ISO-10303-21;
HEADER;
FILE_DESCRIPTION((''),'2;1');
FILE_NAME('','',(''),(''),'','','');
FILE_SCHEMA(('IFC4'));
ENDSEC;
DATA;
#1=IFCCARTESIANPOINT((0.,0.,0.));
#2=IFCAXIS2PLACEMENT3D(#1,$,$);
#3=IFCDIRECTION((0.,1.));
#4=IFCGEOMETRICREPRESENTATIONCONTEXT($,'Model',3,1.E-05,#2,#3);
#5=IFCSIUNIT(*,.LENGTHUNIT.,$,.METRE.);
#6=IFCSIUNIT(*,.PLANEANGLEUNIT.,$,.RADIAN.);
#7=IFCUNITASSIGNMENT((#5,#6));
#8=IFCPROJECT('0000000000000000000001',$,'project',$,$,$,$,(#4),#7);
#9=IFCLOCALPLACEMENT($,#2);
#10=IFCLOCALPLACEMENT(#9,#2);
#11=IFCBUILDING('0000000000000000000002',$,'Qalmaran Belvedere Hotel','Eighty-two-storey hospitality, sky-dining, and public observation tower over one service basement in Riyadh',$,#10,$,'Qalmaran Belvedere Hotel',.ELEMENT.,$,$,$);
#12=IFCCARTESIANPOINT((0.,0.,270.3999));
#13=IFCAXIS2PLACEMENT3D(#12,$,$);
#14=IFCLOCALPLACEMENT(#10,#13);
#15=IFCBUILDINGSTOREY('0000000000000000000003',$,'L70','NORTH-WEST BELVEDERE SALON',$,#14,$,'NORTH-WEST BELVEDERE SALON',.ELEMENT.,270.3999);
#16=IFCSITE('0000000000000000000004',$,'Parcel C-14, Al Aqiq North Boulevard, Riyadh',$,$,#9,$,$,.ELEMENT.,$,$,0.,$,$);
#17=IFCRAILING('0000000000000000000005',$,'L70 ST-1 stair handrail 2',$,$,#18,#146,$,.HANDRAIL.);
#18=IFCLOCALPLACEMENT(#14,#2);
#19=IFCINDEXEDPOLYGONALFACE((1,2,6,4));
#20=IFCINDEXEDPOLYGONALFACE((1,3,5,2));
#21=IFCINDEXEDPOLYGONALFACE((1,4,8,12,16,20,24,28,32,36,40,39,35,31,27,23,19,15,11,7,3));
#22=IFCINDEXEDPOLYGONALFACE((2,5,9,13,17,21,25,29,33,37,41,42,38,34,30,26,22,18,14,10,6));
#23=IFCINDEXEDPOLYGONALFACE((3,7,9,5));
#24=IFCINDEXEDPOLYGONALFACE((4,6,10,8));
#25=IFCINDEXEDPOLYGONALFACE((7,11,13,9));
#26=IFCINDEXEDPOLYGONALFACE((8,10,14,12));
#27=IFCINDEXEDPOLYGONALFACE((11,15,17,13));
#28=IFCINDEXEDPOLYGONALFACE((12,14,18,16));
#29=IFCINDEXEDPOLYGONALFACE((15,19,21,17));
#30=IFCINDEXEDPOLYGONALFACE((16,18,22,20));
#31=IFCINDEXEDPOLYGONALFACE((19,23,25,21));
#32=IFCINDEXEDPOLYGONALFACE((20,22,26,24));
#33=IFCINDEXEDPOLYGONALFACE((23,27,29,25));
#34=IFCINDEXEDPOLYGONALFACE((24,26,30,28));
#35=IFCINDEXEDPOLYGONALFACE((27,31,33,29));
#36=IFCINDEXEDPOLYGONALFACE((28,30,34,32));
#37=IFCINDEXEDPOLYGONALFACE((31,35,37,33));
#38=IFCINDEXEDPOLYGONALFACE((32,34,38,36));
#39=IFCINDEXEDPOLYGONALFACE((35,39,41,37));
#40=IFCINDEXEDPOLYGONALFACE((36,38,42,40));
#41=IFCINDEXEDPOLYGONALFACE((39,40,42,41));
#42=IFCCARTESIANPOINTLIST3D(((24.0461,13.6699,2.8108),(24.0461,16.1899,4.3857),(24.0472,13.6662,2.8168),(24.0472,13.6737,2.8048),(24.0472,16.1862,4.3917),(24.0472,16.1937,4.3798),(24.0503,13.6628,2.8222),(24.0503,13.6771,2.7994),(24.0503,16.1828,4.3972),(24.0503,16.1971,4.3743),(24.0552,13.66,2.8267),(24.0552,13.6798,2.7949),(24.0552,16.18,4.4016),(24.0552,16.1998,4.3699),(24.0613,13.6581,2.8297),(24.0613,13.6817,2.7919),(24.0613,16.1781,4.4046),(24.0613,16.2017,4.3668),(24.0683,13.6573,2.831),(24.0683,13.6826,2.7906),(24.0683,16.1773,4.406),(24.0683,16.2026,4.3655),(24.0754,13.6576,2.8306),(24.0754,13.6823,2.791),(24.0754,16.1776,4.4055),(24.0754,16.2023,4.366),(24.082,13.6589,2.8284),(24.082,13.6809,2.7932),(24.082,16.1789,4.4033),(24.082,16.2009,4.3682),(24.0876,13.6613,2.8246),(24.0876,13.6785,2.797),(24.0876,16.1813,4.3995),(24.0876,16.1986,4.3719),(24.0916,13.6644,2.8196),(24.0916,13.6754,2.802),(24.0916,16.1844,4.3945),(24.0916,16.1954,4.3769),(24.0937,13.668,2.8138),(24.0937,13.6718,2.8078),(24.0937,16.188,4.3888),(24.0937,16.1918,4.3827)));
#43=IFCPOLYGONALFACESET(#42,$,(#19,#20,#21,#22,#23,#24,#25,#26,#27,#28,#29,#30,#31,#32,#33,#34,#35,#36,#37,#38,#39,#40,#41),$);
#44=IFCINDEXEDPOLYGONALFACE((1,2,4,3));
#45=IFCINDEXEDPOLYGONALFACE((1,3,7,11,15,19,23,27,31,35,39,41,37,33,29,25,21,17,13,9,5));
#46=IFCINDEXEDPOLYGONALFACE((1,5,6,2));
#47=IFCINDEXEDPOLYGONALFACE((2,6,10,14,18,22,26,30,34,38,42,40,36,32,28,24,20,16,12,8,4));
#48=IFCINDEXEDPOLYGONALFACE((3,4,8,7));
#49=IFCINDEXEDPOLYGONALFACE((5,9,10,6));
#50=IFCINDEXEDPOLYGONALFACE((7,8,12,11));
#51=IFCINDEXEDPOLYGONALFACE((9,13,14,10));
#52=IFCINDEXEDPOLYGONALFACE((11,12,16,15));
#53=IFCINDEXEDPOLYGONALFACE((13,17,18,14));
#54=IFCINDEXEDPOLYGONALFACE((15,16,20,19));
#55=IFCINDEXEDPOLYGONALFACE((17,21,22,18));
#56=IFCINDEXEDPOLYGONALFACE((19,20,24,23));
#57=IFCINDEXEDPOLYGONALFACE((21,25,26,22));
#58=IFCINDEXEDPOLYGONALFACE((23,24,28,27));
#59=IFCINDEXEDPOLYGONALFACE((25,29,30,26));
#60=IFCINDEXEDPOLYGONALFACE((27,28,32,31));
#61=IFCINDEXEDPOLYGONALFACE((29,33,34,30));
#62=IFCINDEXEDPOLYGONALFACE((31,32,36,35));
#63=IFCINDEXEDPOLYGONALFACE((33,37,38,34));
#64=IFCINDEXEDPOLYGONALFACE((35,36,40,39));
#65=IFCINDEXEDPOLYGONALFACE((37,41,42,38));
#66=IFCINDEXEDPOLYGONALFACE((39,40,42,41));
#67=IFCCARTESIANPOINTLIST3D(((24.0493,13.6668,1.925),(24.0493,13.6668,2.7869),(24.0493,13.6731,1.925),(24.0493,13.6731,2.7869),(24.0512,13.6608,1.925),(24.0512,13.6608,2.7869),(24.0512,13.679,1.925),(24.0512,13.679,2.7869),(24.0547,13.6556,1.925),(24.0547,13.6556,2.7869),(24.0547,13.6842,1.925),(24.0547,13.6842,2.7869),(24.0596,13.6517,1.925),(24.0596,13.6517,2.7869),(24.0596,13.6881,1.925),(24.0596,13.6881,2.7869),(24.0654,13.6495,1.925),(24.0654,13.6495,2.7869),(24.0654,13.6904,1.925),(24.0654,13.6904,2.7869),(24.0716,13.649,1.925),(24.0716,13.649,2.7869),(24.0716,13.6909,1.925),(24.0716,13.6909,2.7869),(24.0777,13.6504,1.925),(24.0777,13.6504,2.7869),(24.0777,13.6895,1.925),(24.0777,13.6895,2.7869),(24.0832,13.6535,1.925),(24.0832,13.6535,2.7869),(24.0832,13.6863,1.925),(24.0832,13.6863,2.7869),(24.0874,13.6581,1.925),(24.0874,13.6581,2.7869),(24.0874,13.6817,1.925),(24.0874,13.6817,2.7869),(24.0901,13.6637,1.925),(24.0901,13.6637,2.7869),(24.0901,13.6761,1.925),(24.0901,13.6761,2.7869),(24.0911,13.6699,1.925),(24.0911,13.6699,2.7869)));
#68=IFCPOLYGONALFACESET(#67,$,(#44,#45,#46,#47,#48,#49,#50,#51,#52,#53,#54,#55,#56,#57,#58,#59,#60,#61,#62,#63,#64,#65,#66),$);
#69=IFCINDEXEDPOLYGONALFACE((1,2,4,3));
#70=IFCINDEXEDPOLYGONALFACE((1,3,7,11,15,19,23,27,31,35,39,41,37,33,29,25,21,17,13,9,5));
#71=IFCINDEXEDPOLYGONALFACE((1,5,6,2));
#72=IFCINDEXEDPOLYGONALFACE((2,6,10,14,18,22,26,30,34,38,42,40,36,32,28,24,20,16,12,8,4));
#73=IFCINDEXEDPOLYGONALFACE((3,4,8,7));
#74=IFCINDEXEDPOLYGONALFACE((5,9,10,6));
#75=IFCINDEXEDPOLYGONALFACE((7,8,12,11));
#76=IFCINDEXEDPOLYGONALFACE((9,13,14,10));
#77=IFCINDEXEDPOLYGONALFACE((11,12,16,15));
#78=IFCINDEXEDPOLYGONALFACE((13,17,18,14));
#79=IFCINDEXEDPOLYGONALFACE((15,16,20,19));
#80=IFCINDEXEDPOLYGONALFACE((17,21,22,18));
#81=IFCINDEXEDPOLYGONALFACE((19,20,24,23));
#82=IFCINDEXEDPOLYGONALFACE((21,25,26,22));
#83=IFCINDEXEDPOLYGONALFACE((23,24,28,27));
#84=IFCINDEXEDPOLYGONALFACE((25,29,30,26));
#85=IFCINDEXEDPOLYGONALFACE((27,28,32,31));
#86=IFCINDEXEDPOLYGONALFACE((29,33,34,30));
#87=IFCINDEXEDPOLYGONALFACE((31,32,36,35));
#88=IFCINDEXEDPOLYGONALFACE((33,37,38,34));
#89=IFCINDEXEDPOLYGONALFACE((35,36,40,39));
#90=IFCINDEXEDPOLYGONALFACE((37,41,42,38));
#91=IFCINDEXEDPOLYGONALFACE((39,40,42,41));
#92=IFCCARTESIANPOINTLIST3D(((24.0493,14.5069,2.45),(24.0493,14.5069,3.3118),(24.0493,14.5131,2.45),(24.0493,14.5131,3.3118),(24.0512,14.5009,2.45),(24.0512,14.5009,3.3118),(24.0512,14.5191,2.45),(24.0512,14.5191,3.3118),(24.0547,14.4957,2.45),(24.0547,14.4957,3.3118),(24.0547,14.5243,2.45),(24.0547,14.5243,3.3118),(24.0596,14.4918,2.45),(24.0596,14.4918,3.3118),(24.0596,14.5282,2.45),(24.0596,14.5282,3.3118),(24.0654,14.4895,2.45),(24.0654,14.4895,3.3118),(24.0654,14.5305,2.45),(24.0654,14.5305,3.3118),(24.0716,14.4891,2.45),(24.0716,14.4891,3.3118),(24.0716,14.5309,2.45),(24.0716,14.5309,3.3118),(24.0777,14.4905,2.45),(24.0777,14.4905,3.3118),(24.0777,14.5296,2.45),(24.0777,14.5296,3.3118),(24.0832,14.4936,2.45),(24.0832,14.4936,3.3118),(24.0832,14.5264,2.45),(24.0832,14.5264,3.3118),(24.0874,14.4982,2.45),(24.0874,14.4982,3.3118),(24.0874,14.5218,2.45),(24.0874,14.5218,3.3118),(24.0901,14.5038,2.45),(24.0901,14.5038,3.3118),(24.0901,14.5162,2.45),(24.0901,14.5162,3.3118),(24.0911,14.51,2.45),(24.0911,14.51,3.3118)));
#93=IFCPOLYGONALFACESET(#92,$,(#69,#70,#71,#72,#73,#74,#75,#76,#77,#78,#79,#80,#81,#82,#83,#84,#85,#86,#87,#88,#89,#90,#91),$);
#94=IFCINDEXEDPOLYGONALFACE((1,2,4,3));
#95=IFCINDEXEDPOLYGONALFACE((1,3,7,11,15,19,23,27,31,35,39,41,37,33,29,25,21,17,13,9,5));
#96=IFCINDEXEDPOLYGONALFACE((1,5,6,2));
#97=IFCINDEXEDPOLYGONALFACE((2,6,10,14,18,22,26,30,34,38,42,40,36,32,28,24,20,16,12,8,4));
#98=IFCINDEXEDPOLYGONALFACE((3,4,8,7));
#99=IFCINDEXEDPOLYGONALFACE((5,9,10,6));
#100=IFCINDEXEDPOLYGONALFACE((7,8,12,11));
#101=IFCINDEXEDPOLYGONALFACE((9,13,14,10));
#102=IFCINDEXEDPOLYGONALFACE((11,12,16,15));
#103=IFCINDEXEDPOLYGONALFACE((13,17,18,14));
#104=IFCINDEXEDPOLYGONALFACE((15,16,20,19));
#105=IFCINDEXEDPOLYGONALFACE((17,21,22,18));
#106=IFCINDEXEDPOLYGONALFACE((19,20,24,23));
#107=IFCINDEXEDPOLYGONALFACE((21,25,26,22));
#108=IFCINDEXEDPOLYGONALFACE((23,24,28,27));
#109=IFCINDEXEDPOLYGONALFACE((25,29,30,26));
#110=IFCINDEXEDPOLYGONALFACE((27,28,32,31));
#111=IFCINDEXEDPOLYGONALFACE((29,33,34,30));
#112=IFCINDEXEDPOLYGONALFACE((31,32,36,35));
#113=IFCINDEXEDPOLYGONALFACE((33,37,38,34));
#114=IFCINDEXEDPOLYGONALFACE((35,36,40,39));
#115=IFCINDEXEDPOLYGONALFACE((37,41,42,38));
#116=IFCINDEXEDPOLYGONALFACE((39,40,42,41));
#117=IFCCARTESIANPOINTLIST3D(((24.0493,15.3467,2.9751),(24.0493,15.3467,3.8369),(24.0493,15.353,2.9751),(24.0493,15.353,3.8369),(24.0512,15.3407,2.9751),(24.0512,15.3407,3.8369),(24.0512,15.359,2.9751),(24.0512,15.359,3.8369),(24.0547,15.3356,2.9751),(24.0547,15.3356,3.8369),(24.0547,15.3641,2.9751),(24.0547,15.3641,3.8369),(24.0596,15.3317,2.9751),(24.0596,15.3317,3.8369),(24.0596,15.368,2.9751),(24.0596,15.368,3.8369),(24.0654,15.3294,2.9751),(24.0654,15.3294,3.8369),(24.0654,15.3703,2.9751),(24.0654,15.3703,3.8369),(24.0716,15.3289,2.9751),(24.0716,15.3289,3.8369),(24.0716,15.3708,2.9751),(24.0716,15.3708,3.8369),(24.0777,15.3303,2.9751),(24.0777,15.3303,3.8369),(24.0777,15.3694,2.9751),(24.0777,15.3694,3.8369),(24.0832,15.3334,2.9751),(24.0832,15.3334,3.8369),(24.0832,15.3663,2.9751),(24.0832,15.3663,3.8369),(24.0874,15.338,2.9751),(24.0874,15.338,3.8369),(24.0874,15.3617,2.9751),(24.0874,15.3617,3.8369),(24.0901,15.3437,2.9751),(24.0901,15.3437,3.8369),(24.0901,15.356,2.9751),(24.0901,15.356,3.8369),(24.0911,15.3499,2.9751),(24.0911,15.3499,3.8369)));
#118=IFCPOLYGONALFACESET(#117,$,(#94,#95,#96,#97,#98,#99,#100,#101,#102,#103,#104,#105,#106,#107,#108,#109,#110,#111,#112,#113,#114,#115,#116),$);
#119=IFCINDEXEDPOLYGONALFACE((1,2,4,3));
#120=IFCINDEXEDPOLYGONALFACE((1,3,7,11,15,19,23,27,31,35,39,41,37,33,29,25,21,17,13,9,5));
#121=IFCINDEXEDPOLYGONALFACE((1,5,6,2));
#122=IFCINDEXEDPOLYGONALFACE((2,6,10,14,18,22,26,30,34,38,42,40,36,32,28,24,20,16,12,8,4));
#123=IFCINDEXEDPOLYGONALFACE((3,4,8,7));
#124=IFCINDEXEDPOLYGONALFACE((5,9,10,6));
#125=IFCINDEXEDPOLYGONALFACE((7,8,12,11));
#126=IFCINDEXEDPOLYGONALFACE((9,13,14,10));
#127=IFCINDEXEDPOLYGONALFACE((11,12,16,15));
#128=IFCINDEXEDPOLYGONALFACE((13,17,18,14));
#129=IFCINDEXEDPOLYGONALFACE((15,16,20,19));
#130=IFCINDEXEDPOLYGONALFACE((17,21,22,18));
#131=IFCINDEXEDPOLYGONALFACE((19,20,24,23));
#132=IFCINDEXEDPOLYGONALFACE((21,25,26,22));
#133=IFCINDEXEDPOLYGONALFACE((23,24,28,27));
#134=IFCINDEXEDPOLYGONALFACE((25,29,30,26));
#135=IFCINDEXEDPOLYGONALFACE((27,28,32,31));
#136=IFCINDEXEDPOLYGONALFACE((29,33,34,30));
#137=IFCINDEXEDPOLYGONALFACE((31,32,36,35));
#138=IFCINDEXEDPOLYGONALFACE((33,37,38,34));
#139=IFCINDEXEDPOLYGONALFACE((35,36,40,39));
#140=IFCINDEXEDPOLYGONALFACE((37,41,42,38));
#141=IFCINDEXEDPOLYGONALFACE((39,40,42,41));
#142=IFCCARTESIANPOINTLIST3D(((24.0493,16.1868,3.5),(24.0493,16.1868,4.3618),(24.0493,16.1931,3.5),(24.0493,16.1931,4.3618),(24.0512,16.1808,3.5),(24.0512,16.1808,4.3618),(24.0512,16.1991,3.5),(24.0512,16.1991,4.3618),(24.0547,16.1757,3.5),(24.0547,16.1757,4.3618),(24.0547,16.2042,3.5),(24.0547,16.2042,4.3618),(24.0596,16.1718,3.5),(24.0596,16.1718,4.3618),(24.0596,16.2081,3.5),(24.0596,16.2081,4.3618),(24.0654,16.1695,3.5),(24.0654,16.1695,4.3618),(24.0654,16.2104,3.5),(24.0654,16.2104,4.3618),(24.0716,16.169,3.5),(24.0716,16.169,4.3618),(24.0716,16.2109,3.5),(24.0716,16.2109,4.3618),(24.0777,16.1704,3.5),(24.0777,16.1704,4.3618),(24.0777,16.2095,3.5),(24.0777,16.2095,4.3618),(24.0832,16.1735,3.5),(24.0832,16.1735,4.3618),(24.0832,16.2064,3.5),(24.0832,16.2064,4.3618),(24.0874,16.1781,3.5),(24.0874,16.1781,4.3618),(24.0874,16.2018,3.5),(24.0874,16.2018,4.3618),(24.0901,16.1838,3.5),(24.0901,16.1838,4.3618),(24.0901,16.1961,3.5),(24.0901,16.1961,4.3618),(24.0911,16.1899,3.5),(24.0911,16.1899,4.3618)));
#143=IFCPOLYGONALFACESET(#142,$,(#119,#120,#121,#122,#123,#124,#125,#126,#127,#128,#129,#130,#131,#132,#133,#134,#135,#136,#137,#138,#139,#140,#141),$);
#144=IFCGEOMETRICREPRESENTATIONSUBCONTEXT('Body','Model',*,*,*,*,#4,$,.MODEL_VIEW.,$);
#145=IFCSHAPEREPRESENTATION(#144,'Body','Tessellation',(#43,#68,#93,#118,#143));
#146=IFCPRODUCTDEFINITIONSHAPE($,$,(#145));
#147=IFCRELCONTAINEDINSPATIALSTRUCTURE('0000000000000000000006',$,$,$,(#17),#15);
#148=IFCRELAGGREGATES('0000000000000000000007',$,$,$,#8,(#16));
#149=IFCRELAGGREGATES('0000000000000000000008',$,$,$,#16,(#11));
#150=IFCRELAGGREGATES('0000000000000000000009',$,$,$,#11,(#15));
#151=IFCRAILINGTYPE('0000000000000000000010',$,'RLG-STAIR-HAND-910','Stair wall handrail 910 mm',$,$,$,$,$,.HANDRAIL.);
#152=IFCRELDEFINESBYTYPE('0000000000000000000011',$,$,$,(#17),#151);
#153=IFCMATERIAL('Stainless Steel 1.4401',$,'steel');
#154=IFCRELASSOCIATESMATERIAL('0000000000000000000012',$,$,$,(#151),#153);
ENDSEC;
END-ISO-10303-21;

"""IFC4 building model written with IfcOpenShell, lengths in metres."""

from ifc_helpers import new_model, si_unit, direction, frame, origin, origin_2d, place, context, subcontext, project, spatial, circle, extrude, material, type_object, element, save


model = new_model("IFC4")

# Units and contexts
model_context = context("Model", 3, precision=1e-05, world=origin(), true_north=direction((0.0, 1.0)))
body_context = subcontext(model_context, "Body", "Model", "MODEL_VIEW")
ifc_project = project(units=[si_unit("LENGTHUNIT", "METRE"), si_unit("PLANEANGLEUNIT", "RADIAN")], contexts=[model_context])

# Site, building, storey
site_placement = place(None, origin())
site = spatial("IfcSite", under=ifc_project, at=site_placement, Name="Parcel C-14, Al Aqiq North Boulevard, Riyadh", CompositionType="ELEMENT", RefElevation=0.0)
building_placement = place(site_placement, origin())
building = spatial("IfcBuilding", under=site, at=building_placement, Name="Qalmaran Belvedere Hotel", Description="Eighty-two-storey hospitality, sky-dining, and public observation tower over one service basement in Riyadh", LongName="Qalmaran Belvedere Hotel", CompositionType="ELEMENT")
storey_placement = place(building_placement, frame((0.0, 0.0, 270.3999)))
storey = spatial("IfcBuildingStorey", under=building, at=storey_placement, Name="L70", Description="NORTH-WEST BELVEDERE SALON", LongName="NORTH-WEST BELVEDERE SALON", CompositionType="ELEMENT", Elevation=270.3999)

# Railing
ifc_material_1 = material(Name="Stainless Steel 1.4401", Category="steel")
railing_type_1 = type_object("IfcRailingType", Name="RLG-STAIR-HAND-910", Description="Stair wall handrail 910 mm", PredefinedType="HANDRAIL", material=ifc_material_1)
railing_1_placement = place(storey_placement, frame((24.0701, 13.6699, 1.925)))
element("IfcRailing", 1, at=railing_1_placement, inside=storey, type_object=railing_type_1, Name="L70 ST-1 stair handrail 2", PredefinedType="HANDRAIL", context=body_context, shape_type="SweptSolid", body=[
    extrude(circle(Radius=0.0239, at=origin_2d()), frame((0.0, 0.0, 0.8857), z_axis=(0.0, 0.848008, 0.529984), x_axis=(-1.0, 0.0, 0.0)), (0.0, 0.0, 1.0), 2.9717),
    extrude(circle(Radius=0.021, at=origin_2d()), origin(), (0.0, 0.0, 1.0), 0.8618),
    extrude(circle(Radius=0.021, at=origin_2d()), frame((0.0, 0.8401, 0.5249)), (0.0, 0.0, 1.0), 0.8618),
    extrude(circle(Radius=0.021, at=origin_2d()), frame((0.0, 1.6799, 1.05)), (0.0, 0.0, 1.0), 0.8618),
    extrude(circle(Radius=0.021, at=origin_2d()), frame((0.0, 2.52, 1.575)), (0.0, 0.0, 1.0), 0.8618),
])

save(model, "model.ifc")
